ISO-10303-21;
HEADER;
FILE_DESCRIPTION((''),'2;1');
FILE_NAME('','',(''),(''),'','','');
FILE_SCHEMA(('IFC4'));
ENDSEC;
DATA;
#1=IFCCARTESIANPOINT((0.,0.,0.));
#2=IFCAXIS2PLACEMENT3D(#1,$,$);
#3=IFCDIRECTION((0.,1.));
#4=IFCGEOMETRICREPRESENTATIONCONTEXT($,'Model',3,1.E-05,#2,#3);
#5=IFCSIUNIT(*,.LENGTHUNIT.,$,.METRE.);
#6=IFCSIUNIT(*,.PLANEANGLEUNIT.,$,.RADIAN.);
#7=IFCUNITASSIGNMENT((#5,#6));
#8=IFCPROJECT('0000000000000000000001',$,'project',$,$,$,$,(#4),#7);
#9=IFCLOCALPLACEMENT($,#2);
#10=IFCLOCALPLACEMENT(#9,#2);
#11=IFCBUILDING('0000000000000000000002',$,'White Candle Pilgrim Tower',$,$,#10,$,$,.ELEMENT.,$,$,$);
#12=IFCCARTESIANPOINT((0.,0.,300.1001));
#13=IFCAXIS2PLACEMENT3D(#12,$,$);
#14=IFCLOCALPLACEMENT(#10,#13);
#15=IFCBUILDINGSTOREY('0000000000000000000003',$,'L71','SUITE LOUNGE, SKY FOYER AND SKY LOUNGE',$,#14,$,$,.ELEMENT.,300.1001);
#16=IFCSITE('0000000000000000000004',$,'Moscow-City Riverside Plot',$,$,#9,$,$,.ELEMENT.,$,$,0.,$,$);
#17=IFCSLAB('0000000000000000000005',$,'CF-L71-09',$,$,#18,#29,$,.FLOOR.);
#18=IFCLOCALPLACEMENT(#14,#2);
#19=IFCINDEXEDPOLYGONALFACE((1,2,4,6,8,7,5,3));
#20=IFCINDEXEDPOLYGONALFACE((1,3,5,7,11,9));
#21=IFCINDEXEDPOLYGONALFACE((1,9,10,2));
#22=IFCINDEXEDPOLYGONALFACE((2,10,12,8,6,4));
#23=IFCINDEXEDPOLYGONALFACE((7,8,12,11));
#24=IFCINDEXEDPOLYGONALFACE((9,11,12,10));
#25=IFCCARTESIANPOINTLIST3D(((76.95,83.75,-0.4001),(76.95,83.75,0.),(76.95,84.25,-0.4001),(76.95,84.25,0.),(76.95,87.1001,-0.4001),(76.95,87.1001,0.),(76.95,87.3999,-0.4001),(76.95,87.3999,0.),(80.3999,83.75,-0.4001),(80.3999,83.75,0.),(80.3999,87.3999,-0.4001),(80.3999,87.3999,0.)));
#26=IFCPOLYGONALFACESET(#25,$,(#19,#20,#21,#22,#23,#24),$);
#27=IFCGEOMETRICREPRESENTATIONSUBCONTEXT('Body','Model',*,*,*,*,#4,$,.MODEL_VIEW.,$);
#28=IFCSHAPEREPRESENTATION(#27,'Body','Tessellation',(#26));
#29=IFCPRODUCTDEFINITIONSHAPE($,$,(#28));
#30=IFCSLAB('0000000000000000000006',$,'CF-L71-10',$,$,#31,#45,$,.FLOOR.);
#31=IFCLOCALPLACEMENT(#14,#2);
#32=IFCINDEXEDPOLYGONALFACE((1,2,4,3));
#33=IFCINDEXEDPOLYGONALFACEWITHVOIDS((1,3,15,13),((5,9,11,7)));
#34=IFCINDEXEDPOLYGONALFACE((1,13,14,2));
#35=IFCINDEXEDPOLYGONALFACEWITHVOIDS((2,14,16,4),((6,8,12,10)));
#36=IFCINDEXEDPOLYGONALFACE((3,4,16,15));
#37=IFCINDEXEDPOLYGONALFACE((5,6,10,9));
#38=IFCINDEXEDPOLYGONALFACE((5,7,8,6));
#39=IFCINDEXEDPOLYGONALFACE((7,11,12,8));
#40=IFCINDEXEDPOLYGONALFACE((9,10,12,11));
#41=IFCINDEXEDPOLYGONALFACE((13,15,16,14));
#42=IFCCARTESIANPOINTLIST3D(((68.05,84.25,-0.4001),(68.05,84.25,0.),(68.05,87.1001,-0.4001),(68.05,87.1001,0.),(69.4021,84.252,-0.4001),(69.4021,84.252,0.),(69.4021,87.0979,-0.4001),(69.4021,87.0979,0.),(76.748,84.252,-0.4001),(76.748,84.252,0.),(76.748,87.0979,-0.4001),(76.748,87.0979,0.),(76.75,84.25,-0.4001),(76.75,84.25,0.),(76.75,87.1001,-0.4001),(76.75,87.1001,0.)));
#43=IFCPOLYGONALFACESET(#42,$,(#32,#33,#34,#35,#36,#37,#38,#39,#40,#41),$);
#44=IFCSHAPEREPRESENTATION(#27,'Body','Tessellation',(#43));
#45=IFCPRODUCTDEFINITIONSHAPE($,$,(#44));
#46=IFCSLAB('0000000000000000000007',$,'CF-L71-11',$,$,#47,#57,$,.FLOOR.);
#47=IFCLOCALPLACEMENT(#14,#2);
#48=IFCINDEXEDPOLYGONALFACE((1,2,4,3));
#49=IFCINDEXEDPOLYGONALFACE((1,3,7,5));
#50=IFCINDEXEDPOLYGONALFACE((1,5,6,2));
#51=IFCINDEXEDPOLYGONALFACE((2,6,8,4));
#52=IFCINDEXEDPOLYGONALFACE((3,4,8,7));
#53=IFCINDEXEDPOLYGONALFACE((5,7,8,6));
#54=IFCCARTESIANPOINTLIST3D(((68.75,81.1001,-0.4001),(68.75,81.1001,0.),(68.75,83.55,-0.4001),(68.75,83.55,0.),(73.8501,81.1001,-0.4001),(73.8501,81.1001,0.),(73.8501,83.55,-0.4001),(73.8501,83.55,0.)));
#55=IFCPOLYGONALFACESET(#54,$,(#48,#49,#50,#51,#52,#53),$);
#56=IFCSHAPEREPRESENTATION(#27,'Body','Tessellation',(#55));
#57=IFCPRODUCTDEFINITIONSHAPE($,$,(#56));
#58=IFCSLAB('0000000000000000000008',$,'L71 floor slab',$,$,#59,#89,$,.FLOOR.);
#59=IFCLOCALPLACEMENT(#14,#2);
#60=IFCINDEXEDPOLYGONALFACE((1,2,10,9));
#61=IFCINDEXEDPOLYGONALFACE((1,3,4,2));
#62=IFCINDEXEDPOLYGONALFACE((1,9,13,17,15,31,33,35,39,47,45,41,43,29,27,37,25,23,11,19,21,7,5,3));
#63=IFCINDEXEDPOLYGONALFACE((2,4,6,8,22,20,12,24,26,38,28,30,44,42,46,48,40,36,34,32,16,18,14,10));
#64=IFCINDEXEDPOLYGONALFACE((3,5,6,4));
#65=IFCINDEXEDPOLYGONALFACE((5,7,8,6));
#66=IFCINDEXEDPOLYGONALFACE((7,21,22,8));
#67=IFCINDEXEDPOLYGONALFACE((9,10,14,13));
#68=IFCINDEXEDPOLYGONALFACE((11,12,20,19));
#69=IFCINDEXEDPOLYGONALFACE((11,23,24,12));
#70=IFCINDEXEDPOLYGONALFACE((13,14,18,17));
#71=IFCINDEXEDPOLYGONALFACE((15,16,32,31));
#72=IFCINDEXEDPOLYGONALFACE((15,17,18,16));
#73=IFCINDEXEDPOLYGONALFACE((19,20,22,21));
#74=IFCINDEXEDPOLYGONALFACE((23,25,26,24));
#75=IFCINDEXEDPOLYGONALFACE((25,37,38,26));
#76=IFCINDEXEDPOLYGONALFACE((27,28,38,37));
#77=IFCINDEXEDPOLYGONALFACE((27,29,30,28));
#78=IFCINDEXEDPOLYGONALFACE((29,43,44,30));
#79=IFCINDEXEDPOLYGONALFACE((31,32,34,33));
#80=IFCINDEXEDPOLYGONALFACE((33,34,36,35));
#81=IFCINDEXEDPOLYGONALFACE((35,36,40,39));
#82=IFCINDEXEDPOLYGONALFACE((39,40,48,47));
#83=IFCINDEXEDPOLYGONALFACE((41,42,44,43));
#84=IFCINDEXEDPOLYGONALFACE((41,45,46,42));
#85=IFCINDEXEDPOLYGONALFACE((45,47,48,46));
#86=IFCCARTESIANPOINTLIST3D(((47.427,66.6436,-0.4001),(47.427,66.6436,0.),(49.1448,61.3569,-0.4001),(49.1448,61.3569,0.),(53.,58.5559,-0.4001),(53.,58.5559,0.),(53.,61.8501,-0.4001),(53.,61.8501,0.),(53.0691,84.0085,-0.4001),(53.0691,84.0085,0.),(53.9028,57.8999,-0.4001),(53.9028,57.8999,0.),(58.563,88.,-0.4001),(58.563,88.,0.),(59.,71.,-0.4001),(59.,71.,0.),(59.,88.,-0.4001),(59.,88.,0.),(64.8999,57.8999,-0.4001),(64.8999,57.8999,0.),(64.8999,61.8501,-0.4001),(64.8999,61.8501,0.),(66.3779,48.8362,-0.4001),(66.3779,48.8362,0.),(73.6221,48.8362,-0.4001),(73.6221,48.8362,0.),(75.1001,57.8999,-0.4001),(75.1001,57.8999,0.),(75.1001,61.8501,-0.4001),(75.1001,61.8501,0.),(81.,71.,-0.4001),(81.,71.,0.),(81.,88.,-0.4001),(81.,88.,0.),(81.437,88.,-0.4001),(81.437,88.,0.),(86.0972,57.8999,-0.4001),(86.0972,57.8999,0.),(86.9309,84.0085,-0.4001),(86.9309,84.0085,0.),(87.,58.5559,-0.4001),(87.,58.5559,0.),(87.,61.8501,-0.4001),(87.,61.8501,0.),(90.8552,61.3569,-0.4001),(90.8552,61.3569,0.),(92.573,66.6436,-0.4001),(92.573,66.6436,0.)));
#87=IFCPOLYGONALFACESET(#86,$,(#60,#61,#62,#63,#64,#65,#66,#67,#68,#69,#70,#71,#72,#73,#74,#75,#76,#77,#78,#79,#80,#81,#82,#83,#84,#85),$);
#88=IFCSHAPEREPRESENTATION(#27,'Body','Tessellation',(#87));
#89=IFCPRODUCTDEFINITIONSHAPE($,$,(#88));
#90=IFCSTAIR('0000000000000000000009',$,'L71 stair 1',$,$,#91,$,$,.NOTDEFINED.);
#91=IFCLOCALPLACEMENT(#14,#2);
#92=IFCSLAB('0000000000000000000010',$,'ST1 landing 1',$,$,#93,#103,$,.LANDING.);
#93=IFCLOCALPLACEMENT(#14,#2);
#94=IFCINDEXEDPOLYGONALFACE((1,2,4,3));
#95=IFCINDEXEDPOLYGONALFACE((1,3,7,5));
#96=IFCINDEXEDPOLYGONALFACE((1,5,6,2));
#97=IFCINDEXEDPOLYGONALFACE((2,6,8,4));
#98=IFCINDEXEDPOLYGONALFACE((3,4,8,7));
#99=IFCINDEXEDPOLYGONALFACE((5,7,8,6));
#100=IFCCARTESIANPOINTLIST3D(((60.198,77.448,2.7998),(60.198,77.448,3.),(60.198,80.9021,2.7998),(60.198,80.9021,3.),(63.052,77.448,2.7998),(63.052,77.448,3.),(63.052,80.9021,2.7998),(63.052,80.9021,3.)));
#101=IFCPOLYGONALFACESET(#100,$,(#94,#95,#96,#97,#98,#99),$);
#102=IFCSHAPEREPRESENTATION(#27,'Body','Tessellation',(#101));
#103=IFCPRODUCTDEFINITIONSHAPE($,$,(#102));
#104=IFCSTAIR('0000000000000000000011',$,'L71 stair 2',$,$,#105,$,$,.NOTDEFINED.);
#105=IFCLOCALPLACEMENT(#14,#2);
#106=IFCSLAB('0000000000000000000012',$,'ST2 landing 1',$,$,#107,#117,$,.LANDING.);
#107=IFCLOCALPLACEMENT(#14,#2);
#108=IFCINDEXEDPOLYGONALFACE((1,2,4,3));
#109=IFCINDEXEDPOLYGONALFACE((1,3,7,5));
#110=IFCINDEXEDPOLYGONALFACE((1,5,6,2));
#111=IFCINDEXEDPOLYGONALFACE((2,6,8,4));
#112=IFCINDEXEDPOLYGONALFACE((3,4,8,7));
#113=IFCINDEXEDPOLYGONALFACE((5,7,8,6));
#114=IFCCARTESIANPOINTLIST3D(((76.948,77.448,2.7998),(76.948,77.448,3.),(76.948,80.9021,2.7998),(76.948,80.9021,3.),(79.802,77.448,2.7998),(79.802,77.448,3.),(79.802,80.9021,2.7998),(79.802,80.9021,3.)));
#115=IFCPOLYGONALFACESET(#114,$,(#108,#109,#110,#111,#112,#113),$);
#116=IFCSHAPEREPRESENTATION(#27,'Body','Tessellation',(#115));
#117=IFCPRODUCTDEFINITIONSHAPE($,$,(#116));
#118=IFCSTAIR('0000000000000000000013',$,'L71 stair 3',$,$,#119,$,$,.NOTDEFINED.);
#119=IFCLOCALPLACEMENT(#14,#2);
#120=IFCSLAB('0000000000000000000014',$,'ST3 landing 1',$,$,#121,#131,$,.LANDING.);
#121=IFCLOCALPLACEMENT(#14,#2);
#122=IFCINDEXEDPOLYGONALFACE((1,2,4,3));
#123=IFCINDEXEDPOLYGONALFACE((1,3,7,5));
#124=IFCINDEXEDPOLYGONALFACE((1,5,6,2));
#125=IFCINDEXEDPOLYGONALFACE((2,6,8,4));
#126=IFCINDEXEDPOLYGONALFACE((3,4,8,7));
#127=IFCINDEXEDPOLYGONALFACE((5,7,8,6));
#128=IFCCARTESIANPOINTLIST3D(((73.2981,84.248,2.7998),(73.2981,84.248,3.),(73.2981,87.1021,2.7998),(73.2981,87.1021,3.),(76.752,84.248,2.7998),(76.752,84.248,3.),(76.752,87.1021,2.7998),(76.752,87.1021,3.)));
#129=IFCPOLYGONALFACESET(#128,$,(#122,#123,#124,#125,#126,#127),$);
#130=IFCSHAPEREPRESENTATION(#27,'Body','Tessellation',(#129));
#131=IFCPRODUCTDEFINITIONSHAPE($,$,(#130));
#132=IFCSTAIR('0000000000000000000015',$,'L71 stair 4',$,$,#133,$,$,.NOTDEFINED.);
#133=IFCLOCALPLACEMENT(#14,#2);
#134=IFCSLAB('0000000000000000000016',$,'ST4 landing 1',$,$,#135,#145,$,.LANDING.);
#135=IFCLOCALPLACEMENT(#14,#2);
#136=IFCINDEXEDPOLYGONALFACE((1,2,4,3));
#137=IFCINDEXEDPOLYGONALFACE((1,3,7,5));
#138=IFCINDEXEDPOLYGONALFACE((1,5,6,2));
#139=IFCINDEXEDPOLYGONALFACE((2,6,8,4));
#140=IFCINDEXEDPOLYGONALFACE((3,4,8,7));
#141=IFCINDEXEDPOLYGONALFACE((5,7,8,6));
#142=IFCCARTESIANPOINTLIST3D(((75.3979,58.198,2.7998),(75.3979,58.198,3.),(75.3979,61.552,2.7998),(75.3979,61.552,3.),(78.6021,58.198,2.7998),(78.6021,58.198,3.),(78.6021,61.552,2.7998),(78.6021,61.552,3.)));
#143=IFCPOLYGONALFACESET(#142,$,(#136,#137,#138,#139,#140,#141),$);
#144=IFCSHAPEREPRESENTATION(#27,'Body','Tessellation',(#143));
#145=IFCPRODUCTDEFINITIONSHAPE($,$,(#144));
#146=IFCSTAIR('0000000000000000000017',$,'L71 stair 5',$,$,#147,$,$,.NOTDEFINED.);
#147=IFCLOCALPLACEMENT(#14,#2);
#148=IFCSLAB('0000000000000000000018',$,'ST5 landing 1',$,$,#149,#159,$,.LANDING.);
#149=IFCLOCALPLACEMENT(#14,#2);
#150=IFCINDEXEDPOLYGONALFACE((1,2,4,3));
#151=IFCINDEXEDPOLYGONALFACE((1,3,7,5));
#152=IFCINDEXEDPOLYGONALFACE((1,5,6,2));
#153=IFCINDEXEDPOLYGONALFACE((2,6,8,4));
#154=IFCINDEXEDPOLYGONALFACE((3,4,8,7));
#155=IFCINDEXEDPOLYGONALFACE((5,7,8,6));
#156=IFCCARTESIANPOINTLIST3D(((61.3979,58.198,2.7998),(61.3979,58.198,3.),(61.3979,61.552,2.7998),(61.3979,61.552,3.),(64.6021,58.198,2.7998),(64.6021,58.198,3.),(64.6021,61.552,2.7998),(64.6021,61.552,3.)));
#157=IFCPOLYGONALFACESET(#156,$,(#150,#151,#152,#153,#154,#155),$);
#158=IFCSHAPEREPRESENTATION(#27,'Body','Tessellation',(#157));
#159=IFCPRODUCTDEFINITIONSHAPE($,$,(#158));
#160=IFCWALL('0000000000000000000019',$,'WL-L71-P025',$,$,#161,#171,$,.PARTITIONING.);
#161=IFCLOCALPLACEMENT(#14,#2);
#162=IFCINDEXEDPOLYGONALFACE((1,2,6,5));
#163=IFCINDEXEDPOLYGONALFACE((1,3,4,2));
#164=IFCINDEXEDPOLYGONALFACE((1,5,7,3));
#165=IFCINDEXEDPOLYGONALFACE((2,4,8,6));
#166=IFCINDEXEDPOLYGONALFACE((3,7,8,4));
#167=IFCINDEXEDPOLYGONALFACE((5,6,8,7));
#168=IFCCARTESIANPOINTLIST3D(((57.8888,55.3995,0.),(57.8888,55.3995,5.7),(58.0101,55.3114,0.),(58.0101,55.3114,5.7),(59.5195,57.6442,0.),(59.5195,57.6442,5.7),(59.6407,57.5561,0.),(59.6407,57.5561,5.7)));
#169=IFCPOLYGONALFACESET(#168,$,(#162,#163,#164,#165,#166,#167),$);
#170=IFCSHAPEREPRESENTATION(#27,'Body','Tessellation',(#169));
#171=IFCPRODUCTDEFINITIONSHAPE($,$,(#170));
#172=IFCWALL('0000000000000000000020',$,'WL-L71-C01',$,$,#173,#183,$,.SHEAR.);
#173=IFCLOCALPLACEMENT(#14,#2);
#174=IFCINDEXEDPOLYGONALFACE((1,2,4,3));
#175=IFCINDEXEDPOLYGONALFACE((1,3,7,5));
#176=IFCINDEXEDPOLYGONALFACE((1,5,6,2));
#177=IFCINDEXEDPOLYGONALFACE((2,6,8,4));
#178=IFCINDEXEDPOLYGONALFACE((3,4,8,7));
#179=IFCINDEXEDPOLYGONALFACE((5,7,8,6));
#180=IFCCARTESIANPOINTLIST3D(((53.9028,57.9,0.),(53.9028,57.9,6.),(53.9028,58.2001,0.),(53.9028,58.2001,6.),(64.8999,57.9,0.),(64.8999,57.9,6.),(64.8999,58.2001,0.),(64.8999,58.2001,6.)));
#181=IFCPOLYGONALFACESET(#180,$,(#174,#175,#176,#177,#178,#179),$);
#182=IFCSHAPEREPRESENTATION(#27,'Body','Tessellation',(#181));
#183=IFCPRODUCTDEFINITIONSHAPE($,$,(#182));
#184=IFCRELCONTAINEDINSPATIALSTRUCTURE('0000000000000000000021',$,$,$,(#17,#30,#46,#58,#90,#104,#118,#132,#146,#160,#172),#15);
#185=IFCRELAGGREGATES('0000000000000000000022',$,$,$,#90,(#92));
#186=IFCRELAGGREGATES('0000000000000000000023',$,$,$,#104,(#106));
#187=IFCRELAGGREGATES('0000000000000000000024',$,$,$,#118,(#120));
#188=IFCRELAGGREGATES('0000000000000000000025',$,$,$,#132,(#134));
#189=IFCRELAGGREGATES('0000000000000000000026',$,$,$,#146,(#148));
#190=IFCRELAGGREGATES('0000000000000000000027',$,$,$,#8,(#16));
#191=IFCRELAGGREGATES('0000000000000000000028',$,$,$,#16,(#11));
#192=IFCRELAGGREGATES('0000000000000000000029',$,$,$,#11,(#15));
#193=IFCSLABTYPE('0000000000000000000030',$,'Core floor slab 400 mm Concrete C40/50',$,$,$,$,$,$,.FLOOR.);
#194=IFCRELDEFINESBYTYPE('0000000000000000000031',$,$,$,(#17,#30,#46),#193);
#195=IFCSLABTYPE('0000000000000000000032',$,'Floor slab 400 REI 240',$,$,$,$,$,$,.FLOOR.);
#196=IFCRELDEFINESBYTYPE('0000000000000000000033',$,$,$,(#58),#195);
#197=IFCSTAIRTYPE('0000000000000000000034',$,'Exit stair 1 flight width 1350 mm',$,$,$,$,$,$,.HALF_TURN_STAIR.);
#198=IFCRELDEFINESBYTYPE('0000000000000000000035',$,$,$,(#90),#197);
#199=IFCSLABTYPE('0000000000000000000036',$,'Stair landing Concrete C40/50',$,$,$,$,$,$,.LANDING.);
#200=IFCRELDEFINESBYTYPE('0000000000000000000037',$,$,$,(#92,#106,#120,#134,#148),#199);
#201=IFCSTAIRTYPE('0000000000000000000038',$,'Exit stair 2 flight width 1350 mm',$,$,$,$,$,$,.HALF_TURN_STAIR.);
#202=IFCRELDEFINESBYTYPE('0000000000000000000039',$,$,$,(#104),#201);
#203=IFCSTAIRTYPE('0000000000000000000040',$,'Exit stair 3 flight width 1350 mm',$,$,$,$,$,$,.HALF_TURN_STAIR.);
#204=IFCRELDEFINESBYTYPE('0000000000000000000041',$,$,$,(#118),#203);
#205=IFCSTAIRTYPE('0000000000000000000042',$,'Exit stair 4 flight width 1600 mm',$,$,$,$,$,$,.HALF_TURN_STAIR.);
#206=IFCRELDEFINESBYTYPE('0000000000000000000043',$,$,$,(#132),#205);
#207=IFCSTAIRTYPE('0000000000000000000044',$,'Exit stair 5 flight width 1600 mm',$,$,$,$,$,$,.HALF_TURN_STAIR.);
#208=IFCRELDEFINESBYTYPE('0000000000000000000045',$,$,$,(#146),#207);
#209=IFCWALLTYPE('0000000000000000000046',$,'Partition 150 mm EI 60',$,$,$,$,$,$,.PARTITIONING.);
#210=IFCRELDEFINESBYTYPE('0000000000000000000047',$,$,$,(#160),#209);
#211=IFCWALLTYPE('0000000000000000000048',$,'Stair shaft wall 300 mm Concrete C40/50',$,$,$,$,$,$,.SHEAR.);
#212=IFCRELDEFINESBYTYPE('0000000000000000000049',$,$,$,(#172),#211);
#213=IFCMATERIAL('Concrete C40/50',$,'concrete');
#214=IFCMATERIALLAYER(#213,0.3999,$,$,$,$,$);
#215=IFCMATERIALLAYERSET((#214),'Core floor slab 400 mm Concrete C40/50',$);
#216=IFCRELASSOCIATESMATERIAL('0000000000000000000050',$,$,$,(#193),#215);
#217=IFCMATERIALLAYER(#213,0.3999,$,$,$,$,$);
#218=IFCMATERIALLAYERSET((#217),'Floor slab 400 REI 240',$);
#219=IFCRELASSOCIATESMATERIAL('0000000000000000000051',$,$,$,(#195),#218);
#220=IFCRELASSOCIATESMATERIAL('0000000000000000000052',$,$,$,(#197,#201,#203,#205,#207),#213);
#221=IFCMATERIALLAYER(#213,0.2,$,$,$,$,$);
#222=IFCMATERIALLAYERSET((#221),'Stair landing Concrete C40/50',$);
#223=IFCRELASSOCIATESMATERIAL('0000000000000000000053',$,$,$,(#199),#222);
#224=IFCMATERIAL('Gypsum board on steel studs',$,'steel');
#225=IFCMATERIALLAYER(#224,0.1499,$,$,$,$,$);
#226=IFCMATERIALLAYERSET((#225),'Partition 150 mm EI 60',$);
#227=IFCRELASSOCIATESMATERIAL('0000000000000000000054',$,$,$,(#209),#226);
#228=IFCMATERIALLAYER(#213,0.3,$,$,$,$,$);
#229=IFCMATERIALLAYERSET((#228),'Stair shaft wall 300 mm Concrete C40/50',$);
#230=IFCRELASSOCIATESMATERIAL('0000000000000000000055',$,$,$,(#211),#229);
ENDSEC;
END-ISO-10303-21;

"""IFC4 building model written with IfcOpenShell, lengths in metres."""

from ifc_helpers import new_model, si_unit, direction, frame, frame_2d, origin, place, context, subcontext, project, spatial, polyline, rectangle, outline, extrude, material, layer, layer_set, type_object, element, aggregate, save


model = new_model("IFC4")

# Units and contexts
model_context = context("Model", 3, precision=1e-05, world=origin(), true_north=direction((0.0, 1.0)))
body_context = subcontext(model_context, "Body", "Model", "MODEL_VIEW")
ifc_project = project(units=[si_unit("LENGTHUNIT", "METRE"), si_unit("PLANEANGLEUNIT", "RADIAN")], contexts=[model_context])

# Site, building, storey
site_placement = place(None, origin())
site = spatial("IfcSite", under=ifc_project, at=site_placement, Name="Moscow-City Riverside Plot", CompositionType="ELEMENT", RefElevation=0.0)
building_placement = place(site_placement, origin())
building = spatial("IfcBuilding", under=site, at=building_placement, Name="White Candle Pilgrim Tower", CompositionType="ELEMENT")
storey_placement = place(building_placement, frame((0.0, 0.0, 300.1001)))
storey = spatial("IfcBuildingStorey", under=building, at=storey_placement, Name="L71", Description="SUITE LOUNGE, SKY FOYER AND SKY LOUNGE", CompositionType="ELEMENT", Elevation=300.1001)

# Slabs
ifc_material_1 = material(Name="Concrete C40/50", Category="concrete")
ifc_layer_1 = layer(ifc_material_1, 0.3999)
ifc_layer_set_1 = layer_set([ifc_layer_1], Name="Core floor slab 400 mm Concrete C40/50")
slab_type_1 = type_object("IfcSlabType", Name="Core floor slab 400 mm Concrete C40/50", PredefinedType="FLOOR", material=ifc_layer_set_1)
slab_1_placement = place(storey_placement, frame((0.0, 0.0, -0.4001)))
element("IfcSlab", 1, at=slab_1_placement, inside=storey, type_object=slab_type_1, Name="CF-L71-09", PredefinedType="FLOOR", context=body_context, shape_type="SweptSolid", body=[
    extrude(outline(polyline([(80.3999, 87.3999), (80.3999, 83.75), (76.95, 83.75), (76.95, 84.25), (76.95, 87.1001), (76.95, 87.3999), (80.3999, 87.3999)])), origin(), (0.0, 0.0, 1.0), 0.4001),
])
slab_2_placement = place(storey_placement, frame((0.0, 0.0, -0.4001)))
element("IfcSlab", 2, at=slab_2_placement, inside=storey, type_object=slab_type_1, Name="CF-L71-10", PredefinedType="FLOOR", context=body_context, shape_type="SweptSolid", body=[
    extrude(outline(polyline([(68.05, 87.1001), (76.75, 87.1001), (76.75, 84.25), (68.05, 84.25), (68.05, 87.1001)]), holes=[polyline([(69.4021, 87.0979), (69.4021, 84.252), (76.748, 84.252), (76.748, 87.0979), (69.4021, 87.0979)])]), origin(), (0.0, 0.0, 1.0), 0.4001),
])
slab_3_placement = place(storey_placement, frame((0.0, 0.0, -0.4001)))
element("IfcSlab", 3, at=slab_3_placement, inside=storey, type_object=slab_type_1, Name="CF-L71-11", PredefinedType="FLOOR", context=body_context, shape_type="SweptSolid", body=[
    extrude(outline(polyline([(73.8501, 83.55), (73.8501, 81.1001), (68.75, 81.1001), (68.75, 83.55), (73.8501, 83.55)])), origin(), (0.0, 0.0, 1.0), 0.4001),
])
ifc_layer_2 = layer(ifc_material_1, 0.3999)
ifc_layer_set_2 = layer_set([ifc_layer_2], Name="Floor slab 400 REI 240")
slab_type_2 = type_object("IfcSlabType", Name="Floor slab 400 REI 240", PredefinedType="FLOOR", material=ifc_layer_set_2)
slab_4_placement = place(storey_placement, frame((0.0, 0.0, -0.4001)))
element("IfcSlab", 4, at=slab_4_placement, inside=storey, type_object=slab_type_2, Name="L71 floor slab", PredefinedType="FLOOR", context=body_context, shape_type="SweptSolid", body=[
    extrude(outline(polyline([(66.3779, 48.8362), (73.6221, 48.8362), (86.0972, 57.8999), (75.1001, 57.8999), (75.1001, 61.8501), (87.0, 61.8501), (87.0, 58.5559), (90.8552, 61.3569), (92.573, 66.6436), (86.9309, 84.0085), (81.437, 88.0), (81.0, 88.0), (81.0, 71.0), (59.0, 71.0), (59.0, 88.0), (58.563, 88.0), (53.0691, 84.0085), (47.427, 66.6436), (49.1448, 61.3569), (53.0, 58.5559), (53.0, 61.8501), (64.8999, 61.8501), (64.8999, 57.8999), (53.9028, 57.8999), (66.3779, 48.8362)])), origin(), (0.0, 0.0, 1.0), 0.4001),
])

# Stairs, slabs
stair_type_1 = type_object("IfcStairType", Name="Exit stair 1 flight width 1350 mm", PredefinedType="HALF_TURN_STAIR", material=ifc_material_1)
stair_1_placement = place(storey_placement, origin())
stair_1 = element("IfcStair", 5, at=stair_1_placement, inside=storey, type_object=stair_type_1, Name="L71 stair 1", PredefinedType="NOTDEFINED")
ifc_layer_3 = layer(ifc_material_1, 0.2)
ifc_layer_set_3 = layer_set([ifc_layer_3], Name="Stair landing Concrete C40/50")
slab_type_3 = type_object("IfcSlabType", Name="Stair landing Concrete C40/50", PredefinedType="LANDING", material=ifc_layer_set_3)
slab_5_placement = place(storey_placement, frame((0.0, 0.0, 2.7998)))
slab_5 = element("IfcSlab", 6, at=slab_5_placement, type_object=slab_type_3, Name="ST1 landing 1", PredefinedType="LANDING", context=body_context, shape_type="SweptSolid", body=[
    extrude(outline(polyline([(63.052, 77.448), (60.198, 77.448), (60.198, 80.9021), (63.052, 80.9021), (63.052, 77.448)])), origin(), (0.0, 0.0, 1.0), 0.2002),
])
aggregate(stair_1, [slab_5])
stair_type_2 = type_object("IfcStairType", Name="Exit stair 2 flight width 1350 mm", PredefinedType="HALF_TURN_STAIR", material=ifc_material_1)
stair_2_placement = place(storey_placement, origin())
stair_2 = element("IfcStair", 7, at=stair_2_placement, inside=storey, type_object=stair_type_2, Name="L71 stair 2", PredefinedType="NOTDEFINED")
slab_6_placement = place(storey_placement, frame((0.0, 0.0, 2.7998)))
slab_6 = element("IfcSlab", 8, at=slab_6_placement, type_object=slab_type_3, Name="ST2 landing 1", PredefinedType="LANDING", context=body_context, shape_type="SweptSolid", body=[
    extrude(outline(polyline([(79.802, 77.448), (76.948, 77.448), (76.948, 80.9021), (79.802, 80.9021), (79.802, 77.448)])), origin(), (0.0, 0.0, 1.0), 0.2002),
])
aggregate(stair_2, [slab_6])
stair_type_3 = type_object("IfcStairType", Name="Exit stair 3 flight width 1350 mm", PredefinedType="HALF_TURN_STAIR", material=ifc_material_1)
stair_3_placement = place(storey_placement, origin())
stair_3 = element("IfcStair", 9, at=stair_3_placement, inside=storey, type_object=stair_type_3, Name="L71 stair 3", PredefinedType="NOTDEFINED")
slab_7_placement = place(storey_placement, frame((0.0, 0.0, 2.7998)))
slab_7 = element("IfcSlab", 10, at=slab_7_placement, type_object=slab_type_3, Name="ST3 landing 1", PredefinedType="LANDING", context=body_context, shape_type="SweptSolid", body=[
    extrude(outline(polyline([(73.2981, 84.248), (73.2981, 87.1021), (76.752, 87.1021), (76.752, 84.248), (73.2981, 84.248)])), origin(), (0.0, 0.0, 1.0), 0.2002),
])
aggregate(stair_3, [slab_7])
stair_type_4 = type_object("IfcStairType", Name="Exit stair 4 flight width 1600 mm", PredefinedType="HALF_TURN_STAIR", material=ifc_material_1)
stair_4_placement = place(storey_placement, origin())
stair_4 = element("IfcStair", 11, at=stair_4_placement, inside=storey, type_object=stair_type_4, Name="L71 stair 4", PredefinedType="NOTDEFINED")
slab_8_placement = place(storey_placement, frame((0.0, 0.0, 2.7998)))
slab_8 = element("IfcSlab", 12, at=slab_8_placement, type_object=slab_type_3, Name="ST4 landing 1", PredefinedType="LANDING", context=body_context, shape_type="SweptSolid", body=[
    extrude(outline(polyline([(78.6021, 61.552), (78.6021, 58.198), (75.3979, 58.198), (75.3979, 61.552), (78.6021, 61.552)])), origin(), (0.0, 0.0, 1.0), 0.2002),
])
aggregate(stair_4, [slab_8])
stair_type_5 = type_object("IfcStairType", Name="Exit stair 5 flight width 1600 mm", PredefinedType="HALF_TURN_STAIR", material=ifc_material_1)
stair_5_placement = place(storey_placement, origin())
stair_5 = element("IfcStair", 13, at=stair_5_placement, inside=storey, type_object=stair_type_5, Name="L71 stair 5", PredefinedType="NOTDEFINED")
slab_9_placement = place(storey_placement, frame((0.0, 0.0, 2.7998)))
slab_9 = element("IfcSlab", 14, at=slab_9_placement, type_object=slab_type_3, Name="ST5 landing 1", PredefinedType="LANDING", context=body_context, shape_type="SweptSolid", body=[
    extrude(outline(polyline([(61.3979, 58.198), (61.3979, 61.552), (64.6021, 61.552), (64.6021, 58.198), (61.3979, 58.198)])), origin(), (0.0, 0.0, 1.0), 0.2002),
])
aggregate(stair_5, [slab_9])

# Walls
ifc_material_2 = material(Name="Gypsum board on steel studs", Category="steel")
ifc_layer_4 = layer(ifc_material_2, 0.1499)
ifc_layer_set_4 = layer_set([ifc_layer_4], Name="Partition 150 mm EI 60")
wall_type_1 = type_object("IfcWallType", Name="Partition 150 mm EI 60", PredefinedType="PARTITIONING", material=ifc_layer_set_4)
wall_1_placement = place(storey_placement, frame((57.9495, 55.3555, 0.0), z_axis=(0.0, 0.0, 1.0), x_axis=(0.587737, 0.809052, 0.0)))
element("IfcWall", 15, at=wall_1_placement, inside=storey, type_object=wall_type_1, Name="WL-L71-P025", PredefinedType="PARTITIONING", context=body_context, shape_type="SweptSolid", body=[
    extrude(rectangle(XDim=2.7744, YDim=0.1499, at=frame_2d((1.3872, 0.0))), origin(), (0.0, 0.0, 1.0), 5.7),
])
ifc_layer_5 = layer(ifc_material_1, 0.3)
ifc_layer_set_5 = layer_set([ifc_layer_5], Name="Stair shaft wall 300 mm Concrete C40/50")
wall_type_2 = type_object("IfcWallType", Name="Stair shaft wall 300 mm Concrete C40/50", PredefinedType="SHEAR", material=ifc_layer_set_5)
wall_2_placement = place(storey_placement, frame((53.9028, 58.05, 0.0), z_axis=(0.0, 0.0, 1.0), x_axis=(1.0, 0.0, 0.0)))
element("IfcWall", 16, at=wall_2_placement, inside=storey, type_object=wall_type_2, Name="WL-L71-C01", PredefinedType="SHEAR", context=body_context, shape_type="SweptSolid", body=[
    extrude(rectangle(XDim=10.9971, YDim=0.3, at=frame_2d((5.4985, 0.0))), origin(), (0.0, 0.0, 1.0), 6.0),
])

save(model, "model.ifc")
